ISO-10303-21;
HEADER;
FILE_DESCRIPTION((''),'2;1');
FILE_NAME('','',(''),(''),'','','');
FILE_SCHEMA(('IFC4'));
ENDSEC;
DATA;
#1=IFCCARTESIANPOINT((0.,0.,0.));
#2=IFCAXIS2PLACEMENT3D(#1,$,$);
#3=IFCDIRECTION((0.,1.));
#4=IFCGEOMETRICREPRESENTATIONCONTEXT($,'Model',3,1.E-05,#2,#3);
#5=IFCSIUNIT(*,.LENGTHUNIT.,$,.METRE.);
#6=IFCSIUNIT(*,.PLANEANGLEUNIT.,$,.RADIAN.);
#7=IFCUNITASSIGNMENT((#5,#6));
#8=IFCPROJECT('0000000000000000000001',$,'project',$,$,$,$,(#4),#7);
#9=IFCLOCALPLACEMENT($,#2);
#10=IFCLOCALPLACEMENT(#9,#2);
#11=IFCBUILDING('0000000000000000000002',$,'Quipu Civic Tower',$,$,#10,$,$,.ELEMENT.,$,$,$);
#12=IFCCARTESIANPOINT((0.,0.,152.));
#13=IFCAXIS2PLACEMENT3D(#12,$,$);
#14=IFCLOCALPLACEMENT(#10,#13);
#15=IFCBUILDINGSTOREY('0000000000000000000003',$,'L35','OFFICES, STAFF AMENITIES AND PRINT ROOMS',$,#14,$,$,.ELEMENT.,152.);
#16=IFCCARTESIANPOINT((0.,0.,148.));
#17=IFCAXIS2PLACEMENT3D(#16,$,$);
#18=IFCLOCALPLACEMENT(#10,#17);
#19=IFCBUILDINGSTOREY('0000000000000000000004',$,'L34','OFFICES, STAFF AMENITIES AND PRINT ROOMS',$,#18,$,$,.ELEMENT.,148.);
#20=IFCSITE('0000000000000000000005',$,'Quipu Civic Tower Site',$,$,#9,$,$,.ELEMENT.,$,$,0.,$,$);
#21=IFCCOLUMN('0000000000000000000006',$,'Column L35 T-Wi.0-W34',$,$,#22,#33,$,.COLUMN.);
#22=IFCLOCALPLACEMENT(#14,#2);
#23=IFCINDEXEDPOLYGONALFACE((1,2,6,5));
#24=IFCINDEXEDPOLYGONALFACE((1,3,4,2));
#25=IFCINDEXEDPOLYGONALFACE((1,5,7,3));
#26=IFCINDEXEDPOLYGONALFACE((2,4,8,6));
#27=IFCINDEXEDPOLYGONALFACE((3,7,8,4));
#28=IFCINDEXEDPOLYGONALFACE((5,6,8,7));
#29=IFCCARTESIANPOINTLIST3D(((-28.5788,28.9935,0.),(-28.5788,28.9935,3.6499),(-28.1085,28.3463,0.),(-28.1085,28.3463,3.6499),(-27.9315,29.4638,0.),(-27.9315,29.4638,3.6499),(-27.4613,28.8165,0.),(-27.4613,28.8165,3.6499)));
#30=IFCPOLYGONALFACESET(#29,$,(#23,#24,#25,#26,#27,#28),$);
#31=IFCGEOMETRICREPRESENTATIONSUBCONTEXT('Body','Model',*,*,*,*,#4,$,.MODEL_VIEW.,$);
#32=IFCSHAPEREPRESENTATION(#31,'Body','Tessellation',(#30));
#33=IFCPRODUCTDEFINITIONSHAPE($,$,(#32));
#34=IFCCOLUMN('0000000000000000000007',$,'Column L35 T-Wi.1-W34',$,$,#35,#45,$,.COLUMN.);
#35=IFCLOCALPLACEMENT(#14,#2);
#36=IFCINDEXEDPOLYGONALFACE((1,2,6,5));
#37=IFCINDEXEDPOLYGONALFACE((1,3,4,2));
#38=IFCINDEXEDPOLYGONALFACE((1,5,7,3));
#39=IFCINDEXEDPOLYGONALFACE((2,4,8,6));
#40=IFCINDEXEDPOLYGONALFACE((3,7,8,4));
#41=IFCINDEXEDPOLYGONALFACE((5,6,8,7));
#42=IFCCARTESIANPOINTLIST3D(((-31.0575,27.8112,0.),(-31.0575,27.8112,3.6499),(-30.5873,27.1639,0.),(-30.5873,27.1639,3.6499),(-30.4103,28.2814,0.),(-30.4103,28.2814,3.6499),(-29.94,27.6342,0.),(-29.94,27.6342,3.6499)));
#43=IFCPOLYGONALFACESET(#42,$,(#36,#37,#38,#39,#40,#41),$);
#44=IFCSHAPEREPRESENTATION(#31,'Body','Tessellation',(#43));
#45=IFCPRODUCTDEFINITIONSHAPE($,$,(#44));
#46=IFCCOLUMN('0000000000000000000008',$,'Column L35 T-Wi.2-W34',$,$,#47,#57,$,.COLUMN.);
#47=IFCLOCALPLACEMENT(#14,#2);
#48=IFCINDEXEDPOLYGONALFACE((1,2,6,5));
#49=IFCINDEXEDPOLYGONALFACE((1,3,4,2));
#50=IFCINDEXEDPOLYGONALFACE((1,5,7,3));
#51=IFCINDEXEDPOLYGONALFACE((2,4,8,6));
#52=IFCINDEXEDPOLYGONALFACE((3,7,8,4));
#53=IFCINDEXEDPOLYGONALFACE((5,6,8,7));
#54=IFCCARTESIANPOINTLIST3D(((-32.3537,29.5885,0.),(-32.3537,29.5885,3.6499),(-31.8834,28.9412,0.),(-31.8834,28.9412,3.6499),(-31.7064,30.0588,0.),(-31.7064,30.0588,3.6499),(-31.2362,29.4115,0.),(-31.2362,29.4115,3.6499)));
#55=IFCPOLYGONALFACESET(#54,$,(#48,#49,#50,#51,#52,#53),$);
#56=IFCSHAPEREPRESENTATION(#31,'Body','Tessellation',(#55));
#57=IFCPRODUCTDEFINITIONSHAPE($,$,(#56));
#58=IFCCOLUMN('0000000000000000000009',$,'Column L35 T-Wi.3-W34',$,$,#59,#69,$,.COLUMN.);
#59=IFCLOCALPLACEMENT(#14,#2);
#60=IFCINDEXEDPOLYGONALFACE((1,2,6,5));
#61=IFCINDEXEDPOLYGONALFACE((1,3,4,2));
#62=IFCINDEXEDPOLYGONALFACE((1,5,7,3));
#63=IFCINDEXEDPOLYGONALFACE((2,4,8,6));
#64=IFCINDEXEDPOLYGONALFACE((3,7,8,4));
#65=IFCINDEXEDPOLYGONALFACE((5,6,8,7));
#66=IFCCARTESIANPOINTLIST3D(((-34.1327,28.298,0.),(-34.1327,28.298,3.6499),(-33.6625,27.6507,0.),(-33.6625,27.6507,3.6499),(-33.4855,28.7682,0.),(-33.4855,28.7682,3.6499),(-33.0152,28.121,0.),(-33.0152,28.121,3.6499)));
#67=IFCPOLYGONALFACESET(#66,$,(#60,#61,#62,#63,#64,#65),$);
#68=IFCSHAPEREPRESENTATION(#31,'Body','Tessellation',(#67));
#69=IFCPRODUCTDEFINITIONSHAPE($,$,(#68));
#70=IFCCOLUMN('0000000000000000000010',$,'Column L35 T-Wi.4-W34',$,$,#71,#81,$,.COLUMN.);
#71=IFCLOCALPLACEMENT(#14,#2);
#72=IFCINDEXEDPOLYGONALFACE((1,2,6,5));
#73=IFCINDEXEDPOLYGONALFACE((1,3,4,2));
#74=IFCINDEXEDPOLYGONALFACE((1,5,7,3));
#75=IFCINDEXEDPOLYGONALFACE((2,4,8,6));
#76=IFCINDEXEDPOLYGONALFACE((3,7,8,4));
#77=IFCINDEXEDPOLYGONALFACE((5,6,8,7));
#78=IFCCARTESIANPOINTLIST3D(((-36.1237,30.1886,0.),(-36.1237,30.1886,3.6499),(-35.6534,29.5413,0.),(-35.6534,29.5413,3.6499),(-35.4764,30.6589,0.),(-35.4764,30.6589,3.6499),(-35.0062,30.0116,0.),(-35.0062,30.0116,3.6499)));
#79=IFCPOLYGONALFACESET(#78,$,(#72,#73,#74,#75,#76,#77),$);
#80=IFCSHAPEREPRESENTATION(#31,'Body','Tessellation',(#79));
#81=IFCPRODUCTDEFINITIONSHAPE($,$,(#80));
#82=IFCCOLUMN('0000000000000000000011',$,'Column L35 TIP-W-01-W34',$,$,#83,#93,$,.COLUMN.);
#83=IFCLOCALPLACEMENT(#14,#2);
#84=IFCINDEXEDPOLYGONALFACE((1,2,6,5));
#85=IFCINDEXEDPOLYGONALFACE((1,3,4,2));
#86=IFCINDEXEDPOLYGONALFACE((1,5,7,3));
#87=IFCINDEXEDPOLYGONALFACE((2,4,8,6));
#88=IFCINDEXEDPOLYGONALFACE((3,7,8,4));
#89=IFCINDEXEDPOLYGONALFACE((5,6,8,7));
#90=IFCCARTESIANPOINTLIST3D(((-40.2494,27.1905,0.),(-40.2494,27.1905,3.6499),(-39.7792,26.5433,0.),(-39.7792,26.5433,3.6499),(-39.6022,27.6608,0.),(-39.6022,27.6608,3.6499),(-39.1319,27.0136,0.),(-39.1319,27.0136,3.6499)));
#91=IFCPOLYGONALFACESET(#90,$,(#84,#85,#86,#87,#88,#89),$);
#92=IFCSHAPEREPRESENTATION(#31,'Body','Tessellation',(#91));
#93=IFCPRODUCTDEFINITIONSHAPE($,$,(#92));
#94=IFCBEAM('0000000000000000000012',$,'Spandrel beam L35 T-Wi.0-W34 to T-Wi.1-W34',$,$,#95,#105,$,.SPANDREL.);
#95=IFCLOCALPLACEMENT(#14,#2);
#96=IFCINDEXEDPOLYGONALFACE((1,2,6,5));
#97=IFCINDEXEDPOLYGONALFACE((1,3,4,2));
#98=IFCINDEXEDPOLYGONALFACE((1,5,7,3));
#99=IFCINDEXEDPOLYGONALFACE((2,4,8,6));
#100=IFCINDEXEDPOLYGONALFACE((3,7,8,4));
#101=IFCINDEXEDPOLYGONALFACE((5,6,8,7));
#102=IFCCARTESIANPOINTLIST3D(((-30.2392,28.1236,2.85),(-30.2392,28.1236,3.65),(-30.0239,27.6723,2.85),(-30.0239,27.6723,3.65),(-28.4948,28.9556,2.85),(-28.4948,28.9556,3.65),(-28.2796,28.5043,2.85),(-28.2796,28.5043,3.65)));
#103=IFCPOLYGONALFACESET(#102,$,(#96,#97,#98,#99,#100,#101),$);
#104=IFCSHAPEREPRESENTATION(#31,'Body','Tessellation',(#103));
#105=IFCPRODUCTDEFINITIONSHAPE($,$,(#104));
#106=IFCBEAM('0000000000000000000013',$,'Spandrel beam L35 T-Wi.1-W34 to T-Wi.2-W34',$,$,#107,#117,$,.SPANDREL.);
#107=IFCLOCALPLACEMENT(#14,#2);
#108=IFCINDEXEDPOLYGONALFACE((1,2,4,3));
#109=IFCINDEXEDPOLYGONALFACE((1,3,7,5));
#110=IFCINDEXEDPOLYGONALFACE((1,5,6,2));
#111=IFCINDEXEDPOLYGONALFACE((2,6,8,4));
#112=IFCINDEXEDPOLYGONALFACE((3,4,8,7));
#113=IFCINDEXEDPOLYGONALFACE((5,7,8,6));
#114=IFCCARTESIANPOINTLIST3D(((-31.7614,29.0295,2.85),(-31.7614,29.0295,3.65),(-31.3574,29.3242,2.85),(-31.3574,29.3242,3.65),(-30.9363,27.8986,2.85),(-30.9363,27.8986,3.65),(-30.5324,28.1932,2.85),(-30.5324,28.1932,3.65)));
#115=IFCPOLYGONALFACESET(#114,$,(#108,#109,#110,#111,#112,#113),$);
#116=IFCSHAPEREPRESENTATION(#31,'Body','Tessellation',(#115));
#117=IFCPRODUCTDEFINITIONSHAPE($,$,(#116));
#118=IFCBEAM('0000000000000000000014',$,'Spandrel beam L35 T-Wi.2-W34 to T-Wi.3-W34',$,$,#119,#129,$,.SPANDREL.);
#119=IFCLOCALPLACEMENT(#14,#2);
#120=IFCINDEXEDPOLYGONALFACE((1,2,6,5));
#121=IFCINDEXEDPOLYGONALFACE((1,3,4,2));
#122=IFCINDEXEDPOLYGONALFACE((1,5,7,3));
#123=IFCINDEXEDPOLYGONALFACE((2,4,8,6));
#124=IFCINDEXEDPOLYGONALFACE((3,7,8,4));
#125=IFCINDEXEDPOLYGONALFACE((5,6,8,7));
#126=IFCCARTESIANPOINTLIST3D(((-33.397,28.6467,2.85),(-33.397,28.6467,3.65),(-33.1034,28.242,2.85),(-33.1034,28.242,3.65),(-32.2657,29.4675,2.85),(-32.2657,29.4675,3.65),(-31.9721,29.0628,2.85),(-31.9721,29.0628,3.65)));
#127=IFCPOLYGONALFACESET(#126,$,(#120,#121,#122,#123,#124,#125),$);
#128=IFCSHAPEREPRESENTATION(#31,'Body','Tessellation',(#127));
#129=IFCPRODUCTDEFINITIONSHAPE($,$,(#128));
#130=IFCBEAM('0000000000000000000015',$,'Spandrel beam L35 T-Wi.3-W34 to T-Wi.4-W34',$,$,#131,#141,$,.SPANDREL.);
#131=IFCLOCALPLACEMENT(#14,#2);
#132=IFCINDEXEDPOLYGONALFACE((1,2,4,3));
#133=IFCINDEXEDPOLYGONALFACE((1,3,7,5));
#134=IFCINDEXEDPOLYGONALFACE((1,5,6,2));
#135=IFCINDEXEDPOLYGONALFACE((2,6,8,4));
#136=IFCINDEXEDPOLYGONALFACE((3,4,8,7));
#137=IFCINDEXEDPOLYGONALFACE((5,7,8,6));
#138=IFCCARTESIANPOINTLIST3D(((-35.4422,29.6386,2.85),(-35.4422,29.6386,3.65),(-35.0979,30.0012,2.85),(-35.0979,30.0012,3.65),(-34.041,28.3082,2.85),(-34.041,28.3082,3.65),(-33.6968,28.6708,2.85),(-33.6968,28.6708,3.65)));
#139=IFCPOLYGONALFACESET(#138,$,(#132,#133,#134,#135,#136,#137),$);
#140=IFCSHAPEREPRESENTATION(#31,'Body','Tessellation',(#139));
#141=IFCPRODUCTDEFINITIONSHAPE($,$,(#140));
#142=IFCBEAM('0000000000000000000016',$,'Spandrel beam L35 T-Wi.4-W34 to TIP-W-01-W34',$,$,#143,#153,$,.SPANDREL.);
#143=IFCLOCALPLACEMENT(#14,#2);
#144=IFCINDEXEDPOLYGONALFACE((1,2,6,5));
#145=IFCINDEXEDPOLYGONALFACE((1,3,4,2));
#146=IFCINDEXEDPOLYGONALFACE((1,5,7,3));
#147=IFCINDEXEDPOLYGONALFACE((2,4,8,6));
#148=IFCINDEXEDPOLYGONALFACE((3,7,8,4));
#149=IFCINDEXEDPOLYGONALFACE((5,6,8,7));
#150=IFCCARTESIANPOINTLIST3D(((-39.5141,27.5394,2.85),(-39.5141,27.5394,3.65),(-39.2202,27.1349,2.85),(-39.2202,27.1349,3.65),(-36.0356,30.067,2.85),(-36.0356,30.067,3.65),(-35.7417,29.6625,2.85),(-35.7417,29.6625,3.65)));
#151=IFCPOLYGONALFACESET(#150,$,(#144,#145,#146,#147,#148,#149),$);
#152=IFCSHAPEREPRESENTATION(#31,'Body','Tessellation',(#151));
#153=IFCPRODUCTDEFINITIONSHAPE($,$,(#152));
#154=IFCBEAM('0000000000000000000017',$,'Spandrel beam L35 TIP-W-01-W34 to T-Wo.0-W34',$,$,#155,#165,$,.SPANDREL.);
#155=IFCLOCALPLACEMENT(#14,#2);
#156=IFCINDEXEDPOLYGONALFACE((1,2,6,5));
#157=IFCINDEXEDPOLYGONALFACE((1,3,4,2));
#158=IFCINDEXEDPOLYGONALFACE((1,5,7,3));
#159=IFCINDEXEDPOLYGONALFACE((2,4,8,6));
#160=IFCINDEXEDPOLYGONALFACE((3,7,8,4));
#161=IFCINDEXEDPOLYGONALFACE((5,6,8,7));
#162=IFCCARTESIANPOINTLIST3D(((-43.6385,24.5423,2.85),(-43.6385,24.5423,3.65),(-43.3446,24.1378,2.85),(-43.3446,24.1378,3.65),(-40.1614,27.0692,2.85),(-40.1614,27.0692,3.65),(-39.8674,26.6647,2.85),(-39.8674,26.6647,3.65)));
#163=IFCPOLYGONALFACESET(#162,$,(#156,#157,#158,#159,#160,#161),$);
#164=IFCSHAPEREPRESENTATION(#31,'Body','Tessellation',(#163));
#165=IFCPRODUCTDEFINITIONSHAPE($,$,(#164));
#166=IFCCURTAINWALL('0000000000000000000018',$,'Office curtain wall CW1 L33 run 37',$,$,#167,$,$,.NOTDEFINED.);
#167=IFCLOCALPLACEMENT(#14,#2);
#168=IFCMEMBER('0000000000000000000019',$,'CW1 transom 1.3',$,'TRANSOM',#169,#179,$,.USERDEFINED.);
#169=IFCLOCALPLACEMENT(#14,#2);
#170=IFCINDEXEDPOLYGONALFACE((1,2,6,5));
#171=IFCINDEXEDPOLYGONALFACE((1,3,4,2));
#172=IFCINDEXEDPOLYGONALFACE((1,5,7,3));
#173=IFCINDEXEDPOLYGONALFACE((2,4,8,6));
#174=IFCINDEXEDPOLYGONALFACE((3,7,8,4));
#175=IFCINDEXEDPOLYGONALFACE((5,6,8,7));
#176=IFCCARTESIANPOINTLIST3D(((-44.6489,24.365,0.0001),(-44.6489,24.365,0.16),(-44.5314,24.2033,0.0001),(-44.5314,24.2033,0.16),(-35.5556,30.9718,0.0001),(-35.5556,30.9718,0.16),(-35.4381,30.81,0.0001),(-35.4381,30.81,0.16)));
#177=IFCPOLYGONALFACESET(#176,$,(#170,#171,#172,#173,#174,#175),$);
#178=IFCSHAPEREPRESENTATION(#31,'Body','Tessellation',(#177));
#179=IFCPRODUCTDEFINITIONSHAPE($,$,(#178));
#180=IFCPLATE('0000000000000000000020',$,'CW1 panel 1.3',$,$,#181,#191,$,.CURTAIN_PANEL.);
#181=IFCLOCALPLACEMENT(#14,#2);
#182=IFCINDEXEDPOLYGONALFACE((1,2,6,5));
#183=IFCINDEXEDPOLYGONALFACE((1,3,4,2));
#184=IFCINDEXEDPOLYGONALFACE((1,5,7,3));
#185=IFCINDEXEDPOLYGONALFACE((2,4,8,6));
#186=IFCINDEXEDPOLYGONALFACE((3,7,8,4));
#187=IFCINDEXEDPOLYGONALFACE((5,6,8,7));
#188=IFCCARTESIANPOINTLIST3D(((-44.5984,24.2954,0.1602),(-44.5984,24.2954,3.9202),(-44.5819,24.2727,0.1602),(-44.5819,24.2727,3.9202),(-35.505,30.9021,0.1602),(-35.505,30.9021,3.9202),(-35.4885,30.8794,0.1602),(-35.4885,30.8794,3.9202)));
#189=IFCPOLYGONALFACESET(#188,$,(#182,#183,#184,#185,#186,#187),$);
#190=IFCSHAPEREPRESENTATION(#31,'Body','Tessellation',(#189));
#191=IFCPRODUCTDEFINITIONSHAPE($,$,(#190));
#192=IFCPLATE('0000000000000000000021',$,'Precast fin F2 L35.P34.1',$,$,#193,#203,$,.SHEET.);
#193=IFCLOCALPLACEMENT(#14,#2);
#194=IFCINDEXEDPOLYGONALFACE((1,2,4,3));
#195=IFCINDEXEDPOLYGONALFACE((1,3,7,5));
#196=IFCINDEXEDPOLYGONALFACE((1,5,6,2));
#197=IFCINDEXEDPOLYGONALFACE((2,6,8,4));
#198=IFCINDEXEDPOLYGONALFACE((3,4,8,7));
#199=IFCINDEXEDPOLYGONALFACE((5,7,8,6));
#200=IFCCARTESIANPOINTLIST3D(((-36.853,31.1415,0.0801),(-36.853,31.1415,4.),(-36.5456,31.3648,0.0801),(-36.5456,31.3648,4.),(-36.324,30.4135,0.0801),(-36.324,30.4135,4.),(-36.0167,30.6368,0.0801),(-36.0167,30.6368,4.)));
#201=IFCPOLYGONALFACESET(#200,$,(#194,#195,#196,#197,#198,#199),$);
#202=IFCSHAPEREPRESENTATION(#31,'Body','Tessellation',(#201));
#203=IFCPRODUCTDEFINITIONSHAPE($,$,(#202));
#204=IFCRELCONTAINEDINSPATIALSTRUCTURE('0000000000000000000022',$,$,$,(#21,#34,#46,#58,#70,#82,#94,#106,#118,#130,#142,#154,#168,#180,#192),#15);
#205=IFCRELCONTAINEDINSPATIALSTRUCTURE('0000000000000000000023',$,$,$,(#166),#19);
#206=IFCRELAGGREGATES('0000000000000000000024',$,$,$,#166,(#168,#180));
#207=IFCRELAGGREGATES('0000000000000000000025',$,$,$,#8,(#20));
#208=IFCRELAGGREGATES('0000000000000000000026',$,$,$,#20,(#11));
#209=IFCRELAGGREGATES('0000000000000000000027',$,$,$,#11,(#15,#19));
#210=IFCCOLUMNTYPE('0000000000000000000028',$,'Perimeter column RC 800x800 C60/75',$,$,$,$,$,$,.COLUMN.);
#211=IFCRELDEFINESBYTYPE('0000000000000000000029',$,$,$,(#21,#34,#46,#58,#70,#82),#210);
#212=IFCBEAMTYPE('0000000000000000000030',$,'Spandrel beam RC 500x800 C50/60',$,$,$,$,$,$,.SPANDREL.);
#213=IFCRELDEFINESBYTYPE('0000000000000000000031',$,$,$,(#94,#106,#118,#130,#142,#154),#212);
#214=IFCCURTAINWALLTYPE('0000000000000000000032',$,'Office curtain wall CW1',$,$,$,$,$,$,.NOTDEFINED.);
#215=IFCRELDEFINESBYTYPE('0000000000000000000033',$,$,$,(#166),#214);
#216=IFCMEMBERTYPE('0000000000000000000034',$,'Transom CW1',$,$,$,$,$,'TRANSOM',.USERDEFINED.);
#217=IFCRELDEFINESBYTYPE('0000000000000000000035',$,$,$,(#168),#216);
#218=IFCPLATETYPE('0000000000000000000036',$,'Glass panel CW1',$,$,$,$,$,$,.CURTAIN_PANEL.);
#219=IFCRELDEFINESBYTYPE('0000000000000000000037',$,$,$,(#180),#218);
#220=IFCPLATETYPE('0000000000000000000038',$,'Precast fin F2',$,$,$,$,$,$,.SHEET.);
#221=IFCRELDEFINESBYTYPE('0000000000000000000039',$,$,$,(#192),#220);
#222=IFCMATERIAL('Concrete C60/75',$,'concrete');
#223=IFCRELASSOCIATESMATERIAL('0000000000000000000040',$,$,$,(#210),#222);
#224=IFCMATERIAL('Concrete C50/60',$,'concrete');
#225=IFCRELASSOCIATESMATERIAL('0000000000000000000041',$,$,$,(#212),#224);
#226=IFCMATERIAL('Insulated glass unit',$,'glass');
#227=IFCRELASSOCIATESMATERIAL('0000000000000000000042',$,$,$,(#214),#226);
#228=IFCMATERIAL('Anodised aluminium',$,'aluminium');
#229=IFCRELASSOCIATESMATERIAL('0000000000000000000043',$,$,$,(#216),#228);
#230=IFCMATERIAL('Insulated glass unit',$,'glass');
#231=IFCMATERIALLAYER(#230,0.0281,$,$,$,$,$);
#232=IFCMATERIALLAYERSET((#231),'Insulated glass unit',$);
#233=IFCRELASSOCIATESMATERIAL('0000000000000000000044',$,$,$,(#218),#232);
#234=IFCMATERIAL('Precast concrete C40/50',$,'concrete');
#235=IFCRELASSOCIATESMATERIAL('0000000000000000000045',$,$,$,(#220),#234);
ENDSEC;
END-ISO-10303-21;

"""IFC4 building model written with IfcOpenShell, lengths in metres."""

from ifc_helpers import new_model, si_unit, direction, frame, origin, origin_2d, place, context, subcontext, project, spatial, rectangle, extrude, material, layer, layer_set, material_profile, profile_set, type_object, element, aggregate, save


model = new_model("IFC4")

# Units and contexts
model_context = context("Model", 3, precision=1e-05, world=origin(), true_north=direction((0.0, 1.0)))
body_context = subcontext(model_context, "Body", "Model", "MODEL_VIEW")
ifc_project = project(units=[si_unit("LENGTHUNIT", "METRE"), si_unit("PLANEANGLEUNIT", "RADIAN")], contexts=[model_context])

# Site, building, storey
site_placement = place(None, origin())
site = spatial("IfcSite", under=ifc_project, at=site_placement, Name="Quipu Civic Tower Site", CompositionType="ELEMENT", RefElevation=0.0)
building_placement = place(site_placement, origin())
building = spatial("IfcBuilding", under=site, at=building_placement, Name="Quipu Civic Tower", CompositionType="ELEMENT")
storey_1_placement = place(building_placement, frame((0.0, 0.0, 152.0)))
storey_1 = spatial("IfcBuildingStorey", under=building, at=storey_1_placement, Name="L35", Description="OFFICES, STAFF AMENITIES AND PRINT ROOMS", CompositionType="ELEMENT", Elevation=152.0)

# Columns
ifc_material_1 = material(Name="Concrete C60/75", Category="concrete")
ifc_material_profile_1 = material_profile(ifc_material_1, rectangle(XDim=0.8, YDim=0.8, at=origin_2d()), Name="RC800x800")
ifc_profile_set_1 = profile_set([ifc_material_profile_1], Name="Concrete C60/75")
column_type = type_object("IfcColumnType", Name="Perimeter column RC 800x800 C60/75", PredefinedType="COLUMN", material=ifc_profile_set_1)
for number, where, z_axis, x_axis, name in (
    (1, (-28.02, 28.905, 0.0), (0.0, 0.0, 1.0), (-0.809017, -0.587785, 0.0), "Column L35 T-Wi.0-W34"),
    (2, (-30.4988, 27.7227, 0.0), (0.0, 0.0, 1.0), (-0.809017, -0.587785, 0.0), "Column L35 T-Wi.1-W34"),
    (3, (-31.7949, 29.5, 0.0), (0.0, 0.0, 1.0), (-0.587785, 0.809017, 0.0), "Column L35 T-Wi.2-W34"),
    (4, (-33.574, 28.2095, 0.0), (0.0, 0.0, 1.0), (-0.587785, 0.809017, 0.0), "Column L35 T-Wi.3-W34"),
    (5, (-35.5649, 30.1001, 0.0), (0.0, 0.0, 1.0), (-0.809017, -0.587785, 0.0), "Column L35 T-Wi.4-W34"),
    (6, (-39.6907, 27.1021, 0.0), (0.0, 0.0, 1.0), (-0.809017, -0.587785, 0.0), "Column L35 TIP-W-01-W34"),
):
    element("IfcColumn", number, at=place(storey_1_placement, frame(where, z_axis=z_axis, x_axis=x_axis)), inside=storey_1, type_object=column_type, Name=name, PredefinedType="COLUMN", context=body_context, shape_type="SweptSolid", body=[
        extrude(rectangle(XDim=0.8, YDim=0.8, at=origin_2d()), origin(), (0.0, 0.0, 1.0), 3.6499),
    ])

# Beams
ifc_material_2 = material(Name="Concrete C50/60", Category="concrete")
ifc_material_profile_2 = material_profile(ifc_material_2, rectangle(XDim=0.5, YDim=0.8, at=origin_2d()), Name="RC500x800")
ifc_profile_set_2 = profile_set([ifc_material_profile_2], Name="Concrete C50/60")
beam_type = type_object("IfcBeamType", Name="Spandrel beam RC 500x800 C50/60", PredefinedType="SPANDREL", material=ifc_profile_set_2)
beam_1_placement = place(storey_1_placement, frame((-28.3872, 28.73, 3.25), z_axis=(-0.902585, -0.430512, 0.0), x_axis=(0.430512, -0.902585, 0.0)))
element("IfcBeam", 7, at=beam_1_placement, inside=storey_1, type_object=beam_type, Name="Spandrel beam L35 T-Wi.0-W34 to T-Wi.1-W34", PredefinedType="SPANDREL", context=body_context, shape_type="SweptSolid", body=[
    extrude(rectangle(XDim=0.5, YDim=0.8, at=origin_2d()), origin(), (0.0, 0.0, 1.0), 1.9326),
])
beam_2_placement = place(storey_1_placement, frame((-30.7344, 28.0459, 3.25), z_axis=(-0.589343, 0.807883, 0.0), x_axis=(-0.807883, -0.589343, 0.0)))
element("IfcBeam", 8, at=beam_2_placement, inside=storey_1, type_object=beam_type, Name="Spandrel beam L35 T-Wi.1-W34 to T-Wi.2-W34", PredefinedType="SPANDREL", context=body_context, shape_type="SweptSolid", body=[
    extrude(rectangle(XDim=0.5, YDim=0.8, at=origin_2d()), origin(), (0.0, 0.0, 1.0), 1.3999),
])
beam_3_placement = place(storey_1_placement, frame((-32.1189, 29.2651, 3.25), z_axis=(-0.809415, -0.587237, 0.0), x_axis=(0.587237, -0.809415, 0.0)))
element("IfcBeam", 9, at=beam_3_placement, inside=storey_1, type_object=beam_type, Name="Spandrel beam L35 T-Wi.2-W34 to T-Wi.3-W34", PredefinedType="SPANDREL", context=body_context, shape_type="SweptSolid", body=[
    extrude(rectangle(XDim=0.5, YDim=0.8, at=origin_2d()), origin(), (0.0, 0.0, 1.0), 1.3977),
])
beam_4_placement = place(storey_1_placement, frame((-33.8689, 28.4895, 3.25), z_axis=(-0.725192, 0.688547, 0.0), x_axis=(-0.688547, -0.725192, 0.0)))
element("IfcBeam", 10, at=beam_4_placement, inside=storey_1, type_object=beam_type, Name="Spandrel beam L35 T-Wi.3-W34 to T-Wi.4-W34", PredefinedType="SPANDREL", context=body_context, shape_type="SweptSolid", body=[
    extrude(rectangle(XDim=0.5, YDim=0.8, at=origin_2d()), origin(), (0.0, 0.0, 1.0), 1.9321),
])
beam_5_placement = place(storey_1_placement, frame((-35.8887, 29.8647, 3.25), z_axis=(-0.808984, -0.587831, 0.0), x_axis=(0.587831, -0.808984, 0.0)))
element("IfcBeam", 11, at=beam_5_placement, inside=storey_1, type_object=beam_type, Name="Spandrel beam L35 T-Wi.4-W34 to TIP-W-01-W34", PredefinedType="SPANDREL", context=body_context, shape_type="SweptSolid", body=[
    extrude(rectangle(XDim=0.5, YDim=0.8, at=origin_2d()), origin(), (0.0, 0.0, 1.0), 4.2998),
])
beam_6_placement = place(storey_1_placement, frame((-40.0144, 26.8669, 3.25), z_axis=(-0.808947, -0.587881, 0.0), x_axis=(0.587881, -0.808947, 0.0)))
element("IfcBeam", 12, at=beam_6_placement, inside=storey_1, type_object=beam_type, Name="Spandrel beam L35 TIP-W-01-W34 to T-Wo.0-W34", PredefinedType="SPANDREL", context=body_context, shape_type="SweptSolid", body=[
    extrude(rectangle(XDim=0.5, YDim=0.8, at=origin_2d()), origin(), (0.0, 0.0, 1.0), 4.2983),
])

# Shared definitions
storey_2_placement = place(building_placement, frame((0.0, 0.0, 148.0)))
storey_2 = spatial("IfcBuildingStorey", under=building, at=storey_2_placement, Name="L34", Description="OFFICES, STAFF AMENITIES AND PRINT ROOMS", CompositionType="ELEMENT", Elevation=148.0)

# Curtain wall, member, plate
ifc_material_3 = material(Name="Insulated glass unit", Category="glass")
curtain_wall_type = type_object("IfcCurtainWallType", Name="Office curtain wall CW1", PredefinedType="NOTDEFINED", material=ifc_material_3)
curtain_wall_placement = place(storey_2_placement, origin())
curtain_wall = element("IfcCurtainWall", 13, at=curtain_wall_placement, inside=storey_2, type_object=curtain_wall_type, Name="Office curtain wall CW1 L33 run 37", PredefinedType="NOTDEFINED")
ifc_material_4 = material(Name="Anodised aluminium", Category="aluminium")
ifc_material_profile_3 = material_profile(ifc_material_4, rectangle(XDim=0.2, YDim=0.1599, at=origin_2d()), Name="RECT 200x160")
ifc_profile_set_3 = profile_set([ifc_material_profile_3], Name="Anodised aluminium")
member_type = type_object("IfcMemberType", Name="Transom CW1", ElementType="TRANSOM", PredefinedType="USERDEFINED", material=ifc_profile_set_3)
member_placement = place(storey_1_placement, frame((-35.4968, 30.8909, 0.0801), z_axis=(-0.809015, -0.587788, 0.0), x_axis=(0.587788, -0.809015, 0.0)))
member = element("IfcMember", 14, at=member_placement, inside=storey_1, type_object=member_type, Name="CW1 transom 1.3", ObjectType="TRANSOM", PredefinedType="USERDEFINED", context=body_context, shape_type="SweptSolid", body=[
    extrude(rectangle(XDim=0.2, YDim=0.1599, at=origin_2d()), origin(), (0.0, 0.0, 1.0), 11.24),
])
ifc_material_5 = material(Name="Insulated glass unit", Category="glass")
ifc_layer_1 = layer(ifc_material_5, 0.0281)
ifc_layer_set_1 = layer_set([ifc_layer_1], Name="Insulated glass unit")
plate_type_1 = type_object("IfcPlateType", Name="Glass panel CW1", PredefinedType="CURTAIN_PANEL", material=ifc_layer_set_1)
plate_placement = place(storey_1_placement, frame((-40.0435, 27.5874, 0.1602), z_axis=(0.0, 0.0, 1.0), x_axis=(-0.809015, -0.587788, 0.0)))
plate = element("IfcPlate", 15, at=plate_placement, inside=storey_1, type_object=plate_type_1, Name="CW1 panel 1.3", PredefinedType="CURTAIN_PANEL", context=body_context, shape_type="SweptSolid", body=[
    extrude(rectangle(XDim=11.24, YDim=0.0281, at=origin_2d()), origin(), (0.0, 0.0, 1.0), 3.76),
])
aggregate(curtain_wall, [member, plate])

# Plate
ifc_material_6 = material(Name="Precast concrete C40/50", Category="concrete")
plate_type_2 = type_object("IfcPlateType", Name="Precast fin F2", PredefinedType="SHEET", material=ifc_material_6)
for number, where, z_axis, x_axis, name in (
    (16, (-36.4348, 30.8892, 0.0801), (0.0, 0.0, 1.0), (-0.809017, -0.587785, 0.0), "Precast fin F2 L35.P34.1"),
):
    element("IfcPlate", number, at=place(storey_1_placement, frame(where, z_axis=z_axis, x_axis=x_axis)), inside=storey_1, type_object=plate_type_2, Name=name, PredefinedType="SHEET", context=body_context, shape_type="SweptSolid", body=[
        extrude(rectangle(XDim=0.3799, YDim=0.8999, at=origin_2d()), origin(), (0.0, 0.0, 1.0), 3.9199),
    ])

save(model, "model.ifc")
